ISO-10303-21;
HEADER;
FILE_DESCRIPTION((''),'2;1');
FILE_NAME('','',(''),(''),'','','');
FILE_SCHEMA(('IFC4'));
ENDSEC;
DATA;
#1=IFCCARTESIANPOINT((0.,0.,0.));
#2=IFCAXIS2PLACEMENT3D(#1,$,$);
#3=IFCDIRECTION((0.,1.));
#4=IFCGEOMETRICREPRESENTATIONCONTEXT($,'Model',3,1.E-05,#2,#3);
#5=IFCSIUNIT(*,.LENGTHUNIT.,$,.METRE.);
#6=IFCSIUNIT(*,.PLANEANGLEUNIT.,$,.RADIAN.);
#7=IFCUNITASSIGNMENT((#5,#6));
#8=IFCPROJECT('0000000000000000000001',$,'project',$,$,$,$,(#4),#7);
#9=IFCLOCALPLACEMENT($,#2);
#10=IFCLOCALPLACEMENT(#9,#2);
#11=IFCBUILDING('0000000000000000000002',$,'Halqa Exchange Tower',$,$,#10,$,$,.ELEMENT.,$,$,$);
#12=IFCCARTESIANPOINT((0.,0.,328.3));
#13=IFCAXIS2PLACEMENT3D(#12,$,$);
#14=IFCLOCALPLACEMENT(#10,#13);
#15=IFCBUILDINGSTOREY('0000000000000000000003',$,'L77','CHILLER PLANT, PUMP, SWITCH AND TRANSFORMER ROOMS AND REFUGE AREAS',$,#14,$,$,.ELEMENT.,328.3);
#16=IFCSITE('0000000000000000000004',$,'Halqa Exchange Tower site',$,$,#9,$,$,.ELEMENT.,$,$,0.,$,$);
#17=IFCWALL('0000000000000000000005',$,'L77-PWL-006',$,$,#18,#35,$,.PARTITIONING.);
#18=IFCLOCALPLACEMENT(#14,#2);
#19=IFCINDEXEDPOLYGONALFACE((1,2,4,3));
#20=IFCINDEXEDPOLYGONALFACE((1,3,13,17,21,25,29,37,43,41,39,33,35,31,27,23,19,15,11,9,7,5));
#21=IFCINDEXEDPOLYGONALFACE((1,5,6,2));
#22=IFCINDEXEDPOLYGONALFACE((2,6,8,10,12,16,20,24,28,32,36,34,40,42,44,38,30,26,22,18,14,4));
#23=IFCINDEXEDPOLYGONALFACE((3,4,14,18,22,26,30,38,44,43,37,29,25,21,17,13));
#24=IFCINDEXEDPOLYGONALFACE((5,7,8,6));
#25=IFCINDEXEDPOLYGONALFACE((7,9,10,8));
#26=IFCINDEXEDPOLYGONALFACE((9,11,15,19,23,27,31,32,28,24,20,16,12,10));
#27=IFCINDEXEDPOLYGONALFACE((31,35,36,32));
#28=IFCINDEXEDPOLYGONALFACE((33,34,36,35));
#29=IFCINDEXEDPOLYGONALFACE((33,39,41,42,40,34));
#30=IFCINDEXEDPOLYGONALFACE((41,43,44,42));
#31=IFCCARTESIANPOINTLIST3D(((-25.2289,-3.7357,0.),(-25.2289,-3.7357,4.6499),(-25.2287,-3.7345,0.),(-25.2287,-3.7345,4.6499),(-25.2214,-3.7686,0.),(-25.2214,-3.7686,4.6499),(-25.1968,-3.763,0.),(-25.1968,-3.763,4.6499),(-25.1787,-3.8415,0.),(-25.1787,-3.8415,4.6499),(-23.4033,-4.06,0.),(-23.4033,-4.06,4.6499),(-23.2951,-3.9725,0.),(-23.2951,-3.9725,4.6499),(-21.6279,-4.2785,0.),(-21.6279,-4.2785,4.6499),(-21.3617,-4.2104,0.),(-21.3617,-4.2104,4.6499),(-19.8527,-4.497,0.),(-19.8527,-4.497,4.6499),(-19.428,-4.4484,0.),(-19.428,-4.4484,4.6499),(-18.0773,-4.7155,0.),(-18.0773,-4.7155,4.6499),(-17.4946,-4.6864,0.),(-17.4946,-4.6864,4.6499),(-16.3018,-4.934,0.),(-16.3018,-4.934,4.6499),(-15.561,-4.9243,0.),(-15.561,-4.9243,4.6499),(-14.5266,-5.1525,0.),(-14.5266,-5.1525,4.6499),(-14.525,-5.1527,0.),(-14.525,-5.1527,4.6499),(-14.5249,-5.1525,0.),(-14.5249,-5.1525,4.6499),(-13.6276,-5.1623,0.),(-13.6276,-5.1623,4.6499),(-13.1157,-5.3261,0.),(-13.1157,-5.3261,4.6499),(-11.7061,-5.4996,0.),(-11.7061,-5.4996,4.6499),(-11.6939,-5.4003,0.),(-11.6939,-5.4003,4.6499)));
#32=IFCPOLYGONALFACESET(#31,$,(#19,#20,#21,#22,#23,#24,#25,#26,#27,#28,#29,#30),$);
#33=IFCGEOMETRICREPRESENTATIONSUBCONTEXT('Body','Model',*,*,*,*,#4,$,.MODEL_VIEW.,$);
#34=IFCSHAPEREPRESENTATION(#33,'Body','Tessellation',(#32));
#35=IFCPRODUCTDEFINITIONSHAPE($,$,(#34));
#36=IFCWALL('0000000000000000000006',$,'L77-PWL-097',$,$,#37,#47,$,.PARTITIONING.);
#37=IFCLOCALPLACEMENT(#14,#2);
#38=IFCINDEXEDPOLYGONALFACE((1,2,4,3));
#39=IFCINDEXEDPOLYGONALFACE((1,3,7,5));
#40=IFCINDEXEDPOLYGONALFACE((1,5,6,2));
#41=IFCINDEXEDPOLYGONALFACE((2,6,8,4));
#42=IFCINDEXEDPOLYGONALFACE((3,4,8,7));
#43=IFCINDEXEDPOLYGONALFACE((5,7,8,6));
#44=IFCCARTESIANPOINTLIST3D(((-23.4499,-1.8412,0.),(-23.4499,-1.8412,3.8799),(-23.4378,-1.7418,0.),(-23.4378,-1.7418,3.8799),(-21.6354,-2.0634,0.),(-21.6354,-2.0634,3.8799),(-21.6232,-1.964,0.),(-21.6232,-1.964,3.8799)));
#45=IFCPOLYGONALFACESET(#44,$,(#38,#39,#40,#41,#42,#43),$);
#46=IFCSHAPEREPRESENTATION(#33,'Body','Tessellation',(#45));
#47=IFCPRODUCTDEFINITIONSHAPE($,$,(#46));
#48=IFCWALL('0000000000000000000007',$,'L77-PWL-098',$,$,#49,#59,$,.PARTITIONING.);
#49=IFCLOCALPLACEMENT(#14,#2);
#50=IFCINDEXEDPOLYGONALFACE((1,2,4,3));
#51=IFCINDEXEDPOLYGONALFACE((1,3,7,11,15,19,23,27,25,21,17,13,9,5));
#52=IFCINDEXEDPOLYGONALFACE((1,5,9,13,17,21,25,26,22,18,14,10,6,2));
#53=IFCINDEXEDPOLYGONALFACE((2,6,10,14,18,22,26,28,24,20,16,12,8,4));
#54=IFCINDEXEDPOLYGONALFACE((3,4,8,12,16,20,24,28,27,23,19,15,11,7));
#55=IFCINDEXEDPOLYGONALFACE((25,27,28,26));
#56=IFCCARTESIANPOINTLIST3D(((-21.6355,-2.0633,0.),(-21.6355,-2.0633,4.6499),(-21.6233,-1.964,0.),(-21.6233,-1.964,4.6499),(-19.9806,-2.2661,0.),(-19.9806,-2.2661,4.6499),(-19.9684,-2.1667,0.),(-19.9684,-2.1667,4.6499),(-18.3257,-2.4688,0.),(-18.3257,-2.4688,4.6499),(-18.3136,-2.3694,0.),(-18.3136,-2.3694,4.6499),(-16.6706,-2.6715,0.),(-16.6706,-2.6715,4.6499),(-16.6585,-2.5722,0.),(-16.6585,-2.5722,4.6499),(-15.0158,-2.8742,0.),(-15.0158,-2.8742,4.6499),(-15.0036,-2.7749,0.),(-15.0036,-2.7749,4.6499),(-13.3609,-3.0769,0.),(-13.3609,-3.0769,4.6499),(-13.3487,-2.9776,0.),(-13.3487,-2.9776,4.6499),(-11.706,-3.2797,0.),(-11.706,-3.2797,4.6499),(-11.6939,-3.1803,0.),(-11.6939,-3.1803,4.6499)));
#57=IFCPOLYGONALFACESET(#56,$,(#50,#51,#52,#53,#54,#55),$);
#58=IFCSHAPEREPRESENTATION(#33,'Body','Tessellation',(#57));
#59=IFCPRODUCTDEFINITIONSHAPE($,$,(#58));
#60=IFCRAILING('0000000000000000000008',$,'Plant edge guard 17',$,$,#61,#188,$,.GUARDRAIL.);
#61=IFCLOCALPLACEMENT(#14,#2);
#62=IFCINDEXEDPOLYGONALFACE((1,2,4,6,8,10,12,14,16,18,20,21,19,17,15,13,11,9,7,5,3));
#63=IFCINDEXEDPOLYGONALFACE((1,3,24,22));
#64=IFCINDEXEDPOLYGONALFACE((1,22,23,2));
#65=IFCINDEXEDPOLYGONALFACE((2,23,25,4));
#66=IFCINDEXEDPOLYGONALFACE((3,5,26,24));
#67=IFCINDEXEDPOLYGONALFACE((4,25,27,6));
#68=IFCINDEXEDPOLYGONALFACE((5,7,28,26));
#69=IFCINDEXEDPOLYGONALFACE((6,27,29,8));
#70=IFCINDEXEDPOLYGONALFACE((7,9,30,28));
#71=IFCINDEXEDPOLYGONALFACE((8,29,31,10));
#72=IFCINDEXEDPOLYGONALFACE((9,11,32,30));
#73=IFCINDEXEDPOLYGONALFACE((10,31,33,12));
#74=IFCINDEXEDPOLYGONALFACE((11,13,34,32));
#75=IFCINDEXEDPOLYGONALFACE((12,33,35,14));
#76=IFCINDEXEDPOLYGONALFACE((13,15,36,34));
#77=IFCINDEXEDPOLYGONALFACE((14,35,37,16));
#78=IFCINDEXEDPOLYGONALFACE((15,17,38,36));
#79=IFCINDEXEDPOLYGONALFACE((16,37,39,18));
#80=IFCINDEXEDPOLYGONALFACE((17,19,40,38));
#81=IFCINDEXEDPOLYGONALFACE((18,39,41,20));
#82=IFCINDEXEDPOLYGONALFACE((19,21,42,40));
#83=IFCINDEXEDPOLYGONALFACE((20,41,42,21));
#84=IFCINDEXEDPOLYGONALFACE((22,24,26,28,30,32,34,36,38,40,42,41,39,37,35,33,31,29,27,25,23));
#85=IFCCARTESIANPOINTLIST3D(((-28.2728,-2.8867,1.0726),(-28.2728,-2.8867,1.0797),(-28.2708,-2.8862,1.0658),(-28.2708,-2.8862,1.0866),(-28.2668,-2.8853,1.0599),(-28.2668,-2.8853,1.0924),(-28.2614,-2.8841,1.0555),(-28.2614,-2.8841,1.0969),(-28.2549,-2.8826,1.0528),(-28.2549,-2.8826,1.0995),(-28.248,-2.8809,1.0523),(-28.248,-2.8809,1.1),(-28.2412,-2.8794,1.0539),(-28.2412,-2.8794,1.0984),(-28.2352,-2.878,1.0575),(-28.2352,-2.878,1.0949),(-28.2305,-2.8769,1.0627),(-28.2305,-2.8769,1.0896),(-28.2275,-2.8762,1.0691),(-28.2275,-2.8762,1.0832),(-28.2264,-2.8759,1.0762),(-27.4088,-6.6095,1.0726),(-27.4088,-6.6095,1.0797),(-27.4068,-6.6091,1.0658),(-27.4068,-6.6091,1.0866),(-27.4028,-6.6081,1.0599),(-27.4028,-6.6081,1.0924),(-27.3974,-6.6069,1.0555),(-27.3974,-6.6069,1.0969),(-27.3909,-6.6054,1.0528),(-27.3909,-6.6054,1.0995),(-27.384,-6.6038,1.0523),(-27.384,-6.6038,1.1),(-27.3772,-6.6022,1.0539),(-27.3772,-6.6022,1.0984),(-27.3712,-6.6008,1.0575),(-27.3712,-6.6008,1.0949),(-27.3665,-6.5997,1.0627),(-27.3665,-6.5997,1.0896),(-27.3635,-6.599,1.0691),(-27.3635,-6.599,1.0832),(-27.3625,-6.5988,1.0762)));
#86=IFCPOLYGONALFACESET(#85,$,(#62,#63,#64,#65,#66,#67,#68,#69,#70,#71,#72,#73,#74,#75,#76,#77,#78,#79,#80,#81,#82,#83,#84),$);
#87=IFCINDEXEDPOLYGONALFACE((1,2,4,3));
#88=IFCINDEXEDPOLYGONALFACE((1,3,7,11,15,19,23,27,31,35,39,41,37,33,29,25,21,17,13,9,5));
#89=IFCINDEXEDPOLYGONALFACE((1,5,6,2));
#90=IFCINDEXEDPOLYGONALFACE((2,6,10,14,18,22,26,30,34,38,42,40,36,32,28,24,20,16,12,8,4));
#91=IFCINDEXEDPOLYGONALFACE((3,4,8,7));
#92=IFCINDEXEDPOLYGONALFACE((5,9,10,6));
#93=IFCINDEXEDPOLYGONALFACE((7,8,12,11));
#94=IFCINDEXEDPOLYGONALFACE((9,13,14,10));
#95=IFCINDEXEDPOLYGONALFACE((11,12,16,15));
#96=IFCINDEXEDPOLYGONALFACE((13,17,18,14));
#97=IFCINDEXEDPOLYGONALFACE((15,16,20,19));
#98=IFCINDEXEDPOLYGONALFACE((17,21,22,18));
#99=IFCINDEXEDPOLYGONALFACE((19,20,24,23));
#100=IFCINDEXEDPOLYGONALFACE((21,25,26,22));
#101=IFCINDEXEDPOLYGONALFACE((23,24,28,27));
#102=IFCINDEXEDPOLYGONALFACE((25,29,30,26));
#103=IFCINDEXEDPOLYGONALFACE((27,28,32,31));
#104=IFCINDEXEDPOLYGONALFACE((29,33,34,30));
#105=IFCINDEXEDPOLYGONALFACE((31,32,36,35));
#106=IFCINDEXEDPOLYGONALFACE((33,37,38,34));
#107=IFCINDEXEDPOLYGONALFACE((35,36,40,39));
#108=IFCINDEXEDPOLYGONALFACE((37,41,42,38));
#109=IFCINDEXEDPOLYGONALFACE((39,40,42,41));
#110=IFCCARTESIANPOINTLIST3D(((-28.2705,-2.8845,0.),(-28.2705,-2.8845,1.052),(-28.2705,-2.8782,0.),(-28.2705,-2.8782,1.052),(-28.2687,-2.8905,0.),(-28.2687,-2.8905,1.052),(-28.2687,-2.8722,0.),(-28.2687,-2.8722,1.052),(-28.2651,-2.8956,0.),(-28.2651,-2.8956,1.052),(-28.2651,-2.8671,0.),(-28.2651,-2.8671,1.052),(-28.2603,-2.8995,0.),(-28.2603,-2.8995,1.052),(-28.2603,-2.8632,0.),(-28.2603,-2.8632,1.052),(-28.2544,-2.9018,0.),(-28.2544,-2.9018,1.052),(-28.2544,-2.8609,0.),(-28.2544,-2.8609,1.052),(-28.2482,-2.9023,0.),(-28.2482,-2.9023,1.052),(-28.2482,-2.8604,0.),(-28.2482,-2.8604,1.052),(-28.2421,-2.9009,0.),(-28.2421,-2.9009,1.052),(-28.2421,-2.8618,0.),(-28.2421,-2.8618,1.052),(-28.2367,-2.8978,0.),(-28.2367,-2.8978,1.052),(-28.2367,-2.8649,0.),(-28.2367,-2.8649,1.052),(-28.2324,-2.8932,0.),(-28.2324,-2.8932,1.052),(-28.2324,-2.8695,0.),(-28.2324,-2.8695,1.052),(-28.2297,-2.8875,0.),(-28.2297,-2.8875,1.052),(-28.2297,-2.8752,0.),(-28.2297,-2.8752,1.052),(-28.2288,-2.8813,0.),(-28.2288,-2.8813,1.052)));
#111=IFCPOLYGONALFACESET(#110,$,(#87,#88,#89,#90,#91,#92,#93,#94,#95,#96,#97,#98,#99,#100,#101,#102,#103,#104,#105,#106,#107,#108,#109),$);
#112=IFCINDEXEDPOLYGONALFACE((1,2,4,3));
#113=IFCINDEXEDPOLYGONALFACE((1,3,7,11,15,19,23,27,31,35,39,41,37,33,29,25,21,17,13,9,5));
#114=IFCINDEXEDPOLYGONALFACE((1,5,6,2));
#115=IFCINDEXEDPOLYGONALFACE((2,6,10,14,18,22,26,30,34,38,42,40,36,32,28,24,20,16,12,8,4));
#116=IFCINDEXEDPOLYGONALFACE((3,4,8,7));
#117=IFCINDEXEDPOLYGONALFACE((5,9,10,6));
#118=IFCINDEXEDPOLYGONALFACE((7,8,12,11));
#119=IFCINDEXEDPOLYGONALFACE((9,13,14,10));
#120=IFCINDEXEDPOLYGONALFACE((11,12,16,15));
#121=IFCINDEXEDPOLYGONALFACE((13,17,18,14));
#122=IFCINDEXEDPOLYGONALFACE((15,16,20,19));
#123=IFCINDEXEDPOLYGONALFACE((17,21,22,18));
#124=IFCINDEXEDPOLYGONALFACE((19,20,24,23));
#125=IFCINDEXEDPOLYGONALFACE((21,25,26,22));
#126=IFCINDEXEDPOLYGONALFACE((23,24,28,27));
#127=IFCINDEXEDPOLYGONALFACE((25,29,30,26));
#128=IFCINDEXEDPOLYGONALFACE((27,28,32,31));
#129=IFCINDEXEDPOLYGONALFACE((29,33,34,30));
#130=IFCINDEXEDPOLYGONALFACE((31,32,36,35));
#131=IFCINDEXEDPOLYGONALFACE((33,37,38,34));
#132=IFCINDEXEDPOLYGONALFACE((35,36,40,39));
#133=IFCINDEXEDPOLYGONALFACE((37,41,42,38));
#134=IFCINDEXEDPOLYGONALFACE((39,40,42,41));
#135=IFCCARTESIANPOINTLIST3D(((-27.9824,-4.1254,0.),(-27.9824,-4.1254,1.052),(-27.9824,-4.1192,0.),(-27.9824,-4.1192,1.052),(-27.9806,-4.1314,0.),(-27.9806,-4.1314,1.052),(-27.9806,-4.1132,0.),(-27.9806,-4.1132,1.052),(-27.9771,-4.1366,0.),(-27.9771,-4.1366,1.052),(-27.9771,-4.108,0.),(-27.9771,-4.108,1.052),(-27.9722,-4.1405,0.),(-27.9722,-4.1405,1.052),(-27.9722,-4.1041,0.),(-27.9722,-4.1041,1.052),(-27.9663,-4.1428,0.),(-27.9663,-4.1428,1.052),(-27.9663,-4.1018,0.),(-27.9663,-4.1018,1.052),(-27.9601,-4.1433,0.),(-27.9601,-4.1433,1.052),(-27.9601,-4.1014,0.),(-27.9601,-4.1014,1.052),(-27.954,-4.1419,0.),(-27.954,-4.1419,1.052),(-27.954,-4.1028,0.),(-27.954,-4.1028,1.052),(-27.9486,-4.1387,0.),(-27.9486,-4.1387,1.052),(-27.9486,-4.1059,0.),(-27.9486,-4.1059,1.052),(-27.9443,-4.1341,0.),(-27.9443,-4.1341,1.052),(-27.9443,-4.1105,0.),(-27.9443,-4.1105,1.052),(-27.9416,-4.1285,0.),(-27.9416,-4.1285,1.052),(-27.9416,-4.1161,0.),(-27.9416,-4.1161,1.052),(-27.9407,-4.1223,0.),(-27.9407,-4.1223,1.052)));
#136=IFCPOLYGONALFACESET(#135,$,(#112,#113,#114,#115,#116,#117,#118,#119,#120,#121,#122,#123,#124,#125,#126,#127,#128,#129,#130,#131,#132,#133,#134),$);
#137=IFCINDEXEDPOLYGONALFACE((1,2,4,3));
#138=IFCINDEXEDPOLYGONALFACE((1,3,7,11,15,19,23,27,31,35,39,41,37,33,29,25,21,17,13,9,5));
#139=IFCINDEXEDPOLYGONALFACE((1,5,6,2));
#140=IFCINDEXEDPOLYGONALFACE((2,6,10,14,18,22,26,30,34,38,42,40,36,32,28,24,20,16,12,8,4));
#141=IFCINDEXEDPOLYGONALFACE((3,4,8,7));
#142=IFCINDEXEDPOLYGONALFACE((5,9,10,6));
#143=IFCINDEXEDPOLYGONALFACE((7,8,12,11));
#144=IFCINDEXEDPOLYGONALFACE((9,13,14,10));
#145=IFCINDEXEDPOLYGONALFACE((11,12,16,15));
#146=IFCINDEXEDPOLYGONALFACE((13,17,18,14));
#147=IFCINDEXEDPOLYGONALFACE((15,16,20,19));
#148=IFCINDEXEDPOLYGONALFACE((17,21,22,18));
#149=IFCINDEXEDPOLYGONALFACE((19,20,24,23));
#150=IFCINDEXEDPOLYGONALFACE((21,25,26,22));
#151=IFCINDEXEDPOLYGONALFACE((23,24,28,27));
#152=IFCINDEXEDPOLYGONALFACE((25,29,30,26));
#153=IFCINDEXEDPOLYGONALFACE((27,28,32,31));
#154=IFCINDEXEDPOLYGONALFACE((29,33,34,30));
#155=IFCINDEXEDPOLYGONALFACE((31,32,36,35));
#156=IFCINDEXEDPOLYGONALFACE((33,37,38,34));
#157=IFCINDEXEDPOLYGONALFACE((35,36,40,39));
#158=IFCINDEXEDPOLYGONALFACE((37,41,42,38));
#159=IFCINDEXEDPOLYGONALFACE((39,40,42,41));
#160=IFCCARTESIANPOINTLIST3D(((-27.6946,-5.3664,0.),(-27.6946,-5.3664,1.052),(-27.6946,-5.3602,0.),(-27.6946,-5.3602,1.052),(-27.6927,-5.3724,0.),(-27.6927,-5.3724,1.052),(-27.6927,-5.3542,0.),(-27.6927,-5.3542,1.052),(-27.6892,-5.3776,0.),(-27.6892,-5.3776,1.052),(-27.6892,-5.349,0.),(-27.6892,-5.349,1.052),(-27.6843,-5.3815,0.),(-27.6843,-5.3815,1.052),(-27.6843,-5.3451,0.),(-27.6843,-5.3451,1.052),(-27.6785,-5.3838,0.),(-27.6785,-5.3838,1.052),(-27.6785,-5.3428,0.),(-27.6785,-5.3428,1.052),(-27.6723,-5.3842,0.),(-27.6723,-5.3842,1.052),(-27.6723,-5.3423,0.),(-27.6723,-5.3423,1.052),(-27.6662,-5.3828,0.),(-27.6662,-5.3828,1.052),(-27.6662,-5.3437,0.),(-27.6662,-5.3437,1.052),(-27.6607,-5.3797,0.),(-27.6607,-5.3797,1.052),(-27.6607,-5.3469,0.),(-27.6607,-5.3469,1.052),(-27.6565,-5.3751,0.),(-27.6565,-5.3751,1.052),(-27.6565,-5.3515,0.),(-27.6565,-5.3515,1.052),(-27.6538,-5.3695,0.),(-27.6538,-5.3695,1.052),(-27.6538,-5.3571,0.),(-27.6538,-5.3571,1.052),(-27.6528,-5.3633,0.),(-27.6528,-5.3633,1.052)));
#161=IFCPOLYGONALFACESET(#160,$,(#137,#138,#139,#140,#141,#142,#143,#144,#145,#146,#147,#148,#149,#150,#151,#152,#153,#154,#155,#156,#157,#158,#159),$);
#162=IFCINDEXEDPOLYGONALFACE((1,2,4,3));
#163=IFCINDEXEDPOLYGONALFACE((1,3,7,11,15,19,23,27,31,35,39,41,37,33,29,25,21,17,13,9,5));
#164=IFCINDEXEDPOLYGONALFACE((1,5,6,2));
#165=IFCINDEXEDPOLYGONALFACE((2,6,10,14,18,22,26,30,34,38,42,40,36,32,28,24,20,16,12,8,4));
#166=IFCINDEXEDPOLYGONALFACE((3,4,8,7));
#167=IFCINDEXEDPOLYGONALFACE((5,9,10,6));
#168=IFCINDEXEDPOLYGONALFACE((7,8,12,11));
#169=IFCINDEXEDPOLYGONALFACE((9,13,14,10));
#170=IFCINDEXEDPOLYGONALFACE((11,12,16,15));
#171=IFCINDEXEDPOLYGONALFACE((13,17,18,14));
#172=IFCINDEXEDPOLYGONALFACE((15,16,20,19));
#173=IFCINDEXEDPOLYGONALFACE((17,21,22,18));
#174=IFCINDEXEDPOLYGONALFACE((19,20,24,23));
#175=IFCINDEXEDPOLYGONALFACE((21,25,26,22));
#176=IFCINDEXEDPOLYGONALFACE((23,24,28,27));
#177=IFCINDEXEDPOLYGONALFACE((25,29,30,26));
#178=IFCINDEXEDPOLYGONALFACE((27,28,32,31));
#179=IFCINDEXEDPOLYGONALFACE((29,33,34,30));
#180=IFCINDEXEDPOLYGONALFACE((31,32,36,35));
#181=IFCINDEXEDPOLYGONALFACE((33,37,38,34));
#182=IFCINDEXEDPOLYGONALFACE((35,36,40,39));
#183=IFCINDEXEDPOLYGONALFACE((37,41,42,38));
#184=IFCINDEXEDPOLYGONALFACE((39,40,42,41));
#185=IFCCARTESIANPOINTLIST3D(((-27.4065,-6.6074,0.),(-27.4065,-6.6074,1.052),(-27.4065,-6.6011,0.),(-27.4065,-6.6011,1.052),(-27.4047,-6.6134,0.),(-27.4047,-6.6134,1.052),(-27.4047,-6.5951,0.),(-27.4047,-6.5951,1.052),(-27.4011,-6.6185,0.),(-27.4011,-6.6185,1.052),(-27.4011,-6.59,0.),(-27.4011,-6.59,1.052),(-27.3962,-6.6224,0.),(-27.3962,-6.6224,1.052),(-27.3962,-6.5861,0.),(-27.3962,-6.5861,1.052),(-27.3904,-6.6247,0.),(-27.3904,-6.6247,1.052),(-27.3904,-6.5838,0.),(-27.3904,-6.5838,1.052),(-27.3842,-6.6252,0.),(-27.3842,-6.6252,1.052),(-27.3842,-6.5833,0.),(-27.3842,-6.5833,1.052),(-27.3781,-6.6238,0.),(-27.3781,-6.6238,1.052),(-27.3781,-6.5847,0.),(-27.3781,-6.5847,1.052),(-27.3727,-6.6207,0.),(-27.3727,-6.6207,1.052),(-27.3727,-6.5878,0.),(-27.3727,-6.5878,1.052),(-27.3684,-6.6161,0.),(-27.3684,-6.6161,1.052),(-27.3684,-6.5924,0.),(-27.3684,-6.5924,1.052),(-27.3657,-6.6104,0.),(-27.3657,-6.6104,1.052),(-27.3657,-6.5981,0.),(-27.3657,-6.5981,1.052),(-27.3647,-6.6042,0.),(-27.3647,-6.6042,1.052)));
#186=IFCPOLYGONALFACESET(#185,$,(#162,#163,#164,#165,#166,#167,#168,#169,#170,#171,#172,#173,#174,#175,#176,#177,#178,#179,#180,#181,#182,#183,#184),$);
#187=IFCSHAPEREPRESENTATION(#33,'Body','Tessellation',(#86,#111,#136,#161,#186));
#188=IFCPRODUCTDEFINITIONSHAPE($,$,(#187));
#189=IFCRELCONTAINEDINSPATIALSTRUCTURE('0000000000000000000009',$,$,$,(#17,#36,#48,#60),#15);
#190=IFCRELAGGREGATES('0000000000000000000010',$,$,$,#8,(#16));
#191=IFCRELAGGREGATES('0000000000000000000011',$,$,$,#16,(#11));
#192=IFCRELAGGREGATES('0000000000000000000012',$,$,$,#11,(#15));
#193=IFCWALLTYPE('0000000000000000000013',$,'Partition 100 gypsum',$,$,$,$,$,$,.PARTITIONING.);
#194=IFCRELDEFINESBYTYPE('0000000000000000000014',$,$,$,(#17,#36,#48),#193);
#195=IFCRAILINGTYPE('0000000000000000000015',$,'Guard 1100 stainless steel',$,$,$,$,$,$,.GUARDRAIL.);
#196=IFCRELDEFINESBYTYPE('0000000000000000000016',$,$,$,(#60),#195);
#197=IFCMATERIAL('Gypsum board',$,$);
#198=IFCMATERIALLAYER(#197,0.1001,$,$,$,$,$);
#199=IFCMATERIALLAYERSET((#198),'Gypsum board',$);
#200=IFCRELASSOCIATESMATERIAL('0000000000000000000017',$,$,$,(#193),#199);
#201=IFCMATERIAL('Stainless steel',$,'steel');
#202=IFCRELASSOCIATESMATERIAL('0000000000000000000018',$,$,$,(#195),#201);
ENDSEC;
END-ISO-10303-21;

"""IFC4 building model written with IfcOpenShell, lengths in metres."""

from ifc_helpers import new_model, si_unit, direction, frame, origin, origin_2d, place, context, subcontext, project, spatial, polyline, circle, outline, extrude, material, layer, layer_set, type_object, element, save


model = new_model("IFC4")

# Units and contexts
model_context = context("Model", 3, precision=1e-05, world=origin(), true_north=direction((0.0, 1.0)))
body_context = subcontext(model_context, "Body", "Model", "MODEL_VIEW")
ifc_project = project(units=[si_unit("LENGTHUNIT", "METRE"), si_unit("PLANEANGLEUNIT", "RADIAN")], contexts=[model_context])

# Site, building, storey
site_placement = place(None, origin())
site = spatial("IfcSite", under=ifc_project, at=site_placement, Name="Halqa Exchange Tower site", CompositionType="ELEMENT", RefElevation=0.0)
building_placement = place(site_placement, origin())
building = spatial("IfcBuilding", under=site, at=building_placement, Name="Halqa Exchange Tower", CompositionType="ELEMENT")
storey_placement = place(building_placement, frame((0.0, 0.0, 328.3)))
storey = spatial("IfcBuildingStorey", under=building, at=storey_placement, Name="L77", Description="CHILLER PLANT, PUMP, SWITCH AND TRANSFORMER ROOMS AND REFUGE AREAS", CompositionType="ELEMENT", Elevation=328.3)

# Walls
ifc_material_1 = material(Name="Gypsum board")
ifc_layer_1 = layer(ifc_material_1, 0.1001)
ifc_layer_set_1 = layer_set([ifc_layer_1], Name="Gypsum board")
wall_type_1 = type_object("IfcWallType", Name="Partition 100 gypsum", PredefinedType="PARTITIONING", material=ifc_layer_set_1)
wall_1_placement = place(storey_placement, frame((-25.2349, -3.7842, 0.0), z_axis=(0.0, 0.0, 1.0), x_axis=(0.992512, -0.122151, 0.0)))
element("IfcWall", 1, at=wall_1_placement, inside=storey, type_object=wall_type_1, Name="L77-PWL-006", PredefinedType="PARTITIONING", context=body_context, shape_type="SweptSolid", body=[
    extrude(outline(polyline([(0.0627, -0.05), (1.8516, -0.05), (3.6404, -0.05), (5.429, -0.05), (7.2178, -0.05), (9.0066, -0.05), (10.7952, -0.05), (10.7969, -0.0498), (10.7969, -0.05), (12.2168, -0.05), (13.637, -0.05), (13.637, 0.05), (11.6887, 0.05), (9.7407, 0.05), (7.7925, 0.05), (5.8445, 0.05), (3.8962, 0.05), (1.9482, 0.05), (0.0, 0.05), (0.0, 0.0488), (0.0115, 0.0171), (0.0352, 0.0256), (0.0627, -0.05)])), origin(), (0.0, 0.0, 1.0), 4.6499),
])
wall_2_placement = place(storey_placement, frame((-23.4438, -1.7915, 0.0), z_axis=(0.0, 0.0, 1.0), x_axis=(0.992587, -0.121536, 0.0)))
element("IfcWall", 2, at=wall_2_placement, inside=storey, type_object=wall_type_1, Name="L77-PWL-097", PredefinedType="PARTITIONING", context=body_context, shape_type="SweptSolid", body=[
    extrude(outline(polyline([(0.0, 0.05), (0.0, -0.05), (1.8281, -0.05), (1.8281, 0.05), (0.0, 0.05)])), origin(), (0.0, 0.0, 1.0), 3.8799),
])
wall_3_placement = place(storey_placement, frame((-21.6294, -2.0137, 0.0), z_axis=(0.0, 0.0, 1.0), x_axis=(0.992581, -0.121586, 0.0)))
element("IfcWall", 3, at=wall_3_placement, inside=storey, type_object=wall_type_1, Name="L77-PWL-098", PredefinedType="PARTITIONING", context=body_context, shape_type="SweptSolid", body=[
    extrude(outline(polyline([(0.0, 0.05), (0.0, -0.05), (1.6672, -0.05), (3.3345, -0.05), (5.002, -0.05), (6.6692, -0.05), (8.3364, -0.05), (10.0037, -0.05), (10.0037, 0.05), (8.3364, 0.05), (6.6692, 0.05), (5.002, 0.05), (3.3345, 0.05), (1.6672, 0.05), (0.0, 0.05)])), origin(), (0.0, 0.0, 1.0), 4.6499),
])

# Railing
ifc_material_2 = material(Name="Stainless steel", Category="steel")
railing_type = type_object("IfcRailingType", Name="Guard 1100 stainless steel", PredefinedType="GUARDRAIL", material=ifc_material_2)
railing_1_placement = place(storey_placement, frame((-28.2498, -2.8813, 0.0)))
element("IfcRailing", 4, at=railing_1_placement, inside=storey, type_object=railing_type, Name="Plant edge guard 17", PredefinedType="GUARDRAIL", context=body_context, shape_type="SweptSolid", body=[
    extrude(circle(Radius=0.0239, at=origin_2d()), frame((0.0, 0.0, 1.0762), z_axis=(0.226072, -0.974111, 0.0), x_axis=(0.974111, 0.226072, 0.0)), (0.0, 0.0, 1.0), 3.8218),
    extrude(circle(Radius=0.021, at=origin_2d()), origin(), (0.0, 0.0, 1.0), 1.052),
    extrude(circle(Radius=0.021, at=origin_2d()), frame((0.2881, -1.241, 0.0)), (0.0, 0.0, 1.0), 1.052),
    extrude(circle(Radius=0.021, at=origin_2d()), frame((0.5759, -2.4819, 0.0)), (0.0, 0.0, 1.0), 1.052),
    extrude(circle(Radius=0.021, at=origin_2d()), frame((0.864, -3.7229, 0.0)), (0.0, 0.0, 1.0), 1.052),
])

save(model, "model.ifc")
